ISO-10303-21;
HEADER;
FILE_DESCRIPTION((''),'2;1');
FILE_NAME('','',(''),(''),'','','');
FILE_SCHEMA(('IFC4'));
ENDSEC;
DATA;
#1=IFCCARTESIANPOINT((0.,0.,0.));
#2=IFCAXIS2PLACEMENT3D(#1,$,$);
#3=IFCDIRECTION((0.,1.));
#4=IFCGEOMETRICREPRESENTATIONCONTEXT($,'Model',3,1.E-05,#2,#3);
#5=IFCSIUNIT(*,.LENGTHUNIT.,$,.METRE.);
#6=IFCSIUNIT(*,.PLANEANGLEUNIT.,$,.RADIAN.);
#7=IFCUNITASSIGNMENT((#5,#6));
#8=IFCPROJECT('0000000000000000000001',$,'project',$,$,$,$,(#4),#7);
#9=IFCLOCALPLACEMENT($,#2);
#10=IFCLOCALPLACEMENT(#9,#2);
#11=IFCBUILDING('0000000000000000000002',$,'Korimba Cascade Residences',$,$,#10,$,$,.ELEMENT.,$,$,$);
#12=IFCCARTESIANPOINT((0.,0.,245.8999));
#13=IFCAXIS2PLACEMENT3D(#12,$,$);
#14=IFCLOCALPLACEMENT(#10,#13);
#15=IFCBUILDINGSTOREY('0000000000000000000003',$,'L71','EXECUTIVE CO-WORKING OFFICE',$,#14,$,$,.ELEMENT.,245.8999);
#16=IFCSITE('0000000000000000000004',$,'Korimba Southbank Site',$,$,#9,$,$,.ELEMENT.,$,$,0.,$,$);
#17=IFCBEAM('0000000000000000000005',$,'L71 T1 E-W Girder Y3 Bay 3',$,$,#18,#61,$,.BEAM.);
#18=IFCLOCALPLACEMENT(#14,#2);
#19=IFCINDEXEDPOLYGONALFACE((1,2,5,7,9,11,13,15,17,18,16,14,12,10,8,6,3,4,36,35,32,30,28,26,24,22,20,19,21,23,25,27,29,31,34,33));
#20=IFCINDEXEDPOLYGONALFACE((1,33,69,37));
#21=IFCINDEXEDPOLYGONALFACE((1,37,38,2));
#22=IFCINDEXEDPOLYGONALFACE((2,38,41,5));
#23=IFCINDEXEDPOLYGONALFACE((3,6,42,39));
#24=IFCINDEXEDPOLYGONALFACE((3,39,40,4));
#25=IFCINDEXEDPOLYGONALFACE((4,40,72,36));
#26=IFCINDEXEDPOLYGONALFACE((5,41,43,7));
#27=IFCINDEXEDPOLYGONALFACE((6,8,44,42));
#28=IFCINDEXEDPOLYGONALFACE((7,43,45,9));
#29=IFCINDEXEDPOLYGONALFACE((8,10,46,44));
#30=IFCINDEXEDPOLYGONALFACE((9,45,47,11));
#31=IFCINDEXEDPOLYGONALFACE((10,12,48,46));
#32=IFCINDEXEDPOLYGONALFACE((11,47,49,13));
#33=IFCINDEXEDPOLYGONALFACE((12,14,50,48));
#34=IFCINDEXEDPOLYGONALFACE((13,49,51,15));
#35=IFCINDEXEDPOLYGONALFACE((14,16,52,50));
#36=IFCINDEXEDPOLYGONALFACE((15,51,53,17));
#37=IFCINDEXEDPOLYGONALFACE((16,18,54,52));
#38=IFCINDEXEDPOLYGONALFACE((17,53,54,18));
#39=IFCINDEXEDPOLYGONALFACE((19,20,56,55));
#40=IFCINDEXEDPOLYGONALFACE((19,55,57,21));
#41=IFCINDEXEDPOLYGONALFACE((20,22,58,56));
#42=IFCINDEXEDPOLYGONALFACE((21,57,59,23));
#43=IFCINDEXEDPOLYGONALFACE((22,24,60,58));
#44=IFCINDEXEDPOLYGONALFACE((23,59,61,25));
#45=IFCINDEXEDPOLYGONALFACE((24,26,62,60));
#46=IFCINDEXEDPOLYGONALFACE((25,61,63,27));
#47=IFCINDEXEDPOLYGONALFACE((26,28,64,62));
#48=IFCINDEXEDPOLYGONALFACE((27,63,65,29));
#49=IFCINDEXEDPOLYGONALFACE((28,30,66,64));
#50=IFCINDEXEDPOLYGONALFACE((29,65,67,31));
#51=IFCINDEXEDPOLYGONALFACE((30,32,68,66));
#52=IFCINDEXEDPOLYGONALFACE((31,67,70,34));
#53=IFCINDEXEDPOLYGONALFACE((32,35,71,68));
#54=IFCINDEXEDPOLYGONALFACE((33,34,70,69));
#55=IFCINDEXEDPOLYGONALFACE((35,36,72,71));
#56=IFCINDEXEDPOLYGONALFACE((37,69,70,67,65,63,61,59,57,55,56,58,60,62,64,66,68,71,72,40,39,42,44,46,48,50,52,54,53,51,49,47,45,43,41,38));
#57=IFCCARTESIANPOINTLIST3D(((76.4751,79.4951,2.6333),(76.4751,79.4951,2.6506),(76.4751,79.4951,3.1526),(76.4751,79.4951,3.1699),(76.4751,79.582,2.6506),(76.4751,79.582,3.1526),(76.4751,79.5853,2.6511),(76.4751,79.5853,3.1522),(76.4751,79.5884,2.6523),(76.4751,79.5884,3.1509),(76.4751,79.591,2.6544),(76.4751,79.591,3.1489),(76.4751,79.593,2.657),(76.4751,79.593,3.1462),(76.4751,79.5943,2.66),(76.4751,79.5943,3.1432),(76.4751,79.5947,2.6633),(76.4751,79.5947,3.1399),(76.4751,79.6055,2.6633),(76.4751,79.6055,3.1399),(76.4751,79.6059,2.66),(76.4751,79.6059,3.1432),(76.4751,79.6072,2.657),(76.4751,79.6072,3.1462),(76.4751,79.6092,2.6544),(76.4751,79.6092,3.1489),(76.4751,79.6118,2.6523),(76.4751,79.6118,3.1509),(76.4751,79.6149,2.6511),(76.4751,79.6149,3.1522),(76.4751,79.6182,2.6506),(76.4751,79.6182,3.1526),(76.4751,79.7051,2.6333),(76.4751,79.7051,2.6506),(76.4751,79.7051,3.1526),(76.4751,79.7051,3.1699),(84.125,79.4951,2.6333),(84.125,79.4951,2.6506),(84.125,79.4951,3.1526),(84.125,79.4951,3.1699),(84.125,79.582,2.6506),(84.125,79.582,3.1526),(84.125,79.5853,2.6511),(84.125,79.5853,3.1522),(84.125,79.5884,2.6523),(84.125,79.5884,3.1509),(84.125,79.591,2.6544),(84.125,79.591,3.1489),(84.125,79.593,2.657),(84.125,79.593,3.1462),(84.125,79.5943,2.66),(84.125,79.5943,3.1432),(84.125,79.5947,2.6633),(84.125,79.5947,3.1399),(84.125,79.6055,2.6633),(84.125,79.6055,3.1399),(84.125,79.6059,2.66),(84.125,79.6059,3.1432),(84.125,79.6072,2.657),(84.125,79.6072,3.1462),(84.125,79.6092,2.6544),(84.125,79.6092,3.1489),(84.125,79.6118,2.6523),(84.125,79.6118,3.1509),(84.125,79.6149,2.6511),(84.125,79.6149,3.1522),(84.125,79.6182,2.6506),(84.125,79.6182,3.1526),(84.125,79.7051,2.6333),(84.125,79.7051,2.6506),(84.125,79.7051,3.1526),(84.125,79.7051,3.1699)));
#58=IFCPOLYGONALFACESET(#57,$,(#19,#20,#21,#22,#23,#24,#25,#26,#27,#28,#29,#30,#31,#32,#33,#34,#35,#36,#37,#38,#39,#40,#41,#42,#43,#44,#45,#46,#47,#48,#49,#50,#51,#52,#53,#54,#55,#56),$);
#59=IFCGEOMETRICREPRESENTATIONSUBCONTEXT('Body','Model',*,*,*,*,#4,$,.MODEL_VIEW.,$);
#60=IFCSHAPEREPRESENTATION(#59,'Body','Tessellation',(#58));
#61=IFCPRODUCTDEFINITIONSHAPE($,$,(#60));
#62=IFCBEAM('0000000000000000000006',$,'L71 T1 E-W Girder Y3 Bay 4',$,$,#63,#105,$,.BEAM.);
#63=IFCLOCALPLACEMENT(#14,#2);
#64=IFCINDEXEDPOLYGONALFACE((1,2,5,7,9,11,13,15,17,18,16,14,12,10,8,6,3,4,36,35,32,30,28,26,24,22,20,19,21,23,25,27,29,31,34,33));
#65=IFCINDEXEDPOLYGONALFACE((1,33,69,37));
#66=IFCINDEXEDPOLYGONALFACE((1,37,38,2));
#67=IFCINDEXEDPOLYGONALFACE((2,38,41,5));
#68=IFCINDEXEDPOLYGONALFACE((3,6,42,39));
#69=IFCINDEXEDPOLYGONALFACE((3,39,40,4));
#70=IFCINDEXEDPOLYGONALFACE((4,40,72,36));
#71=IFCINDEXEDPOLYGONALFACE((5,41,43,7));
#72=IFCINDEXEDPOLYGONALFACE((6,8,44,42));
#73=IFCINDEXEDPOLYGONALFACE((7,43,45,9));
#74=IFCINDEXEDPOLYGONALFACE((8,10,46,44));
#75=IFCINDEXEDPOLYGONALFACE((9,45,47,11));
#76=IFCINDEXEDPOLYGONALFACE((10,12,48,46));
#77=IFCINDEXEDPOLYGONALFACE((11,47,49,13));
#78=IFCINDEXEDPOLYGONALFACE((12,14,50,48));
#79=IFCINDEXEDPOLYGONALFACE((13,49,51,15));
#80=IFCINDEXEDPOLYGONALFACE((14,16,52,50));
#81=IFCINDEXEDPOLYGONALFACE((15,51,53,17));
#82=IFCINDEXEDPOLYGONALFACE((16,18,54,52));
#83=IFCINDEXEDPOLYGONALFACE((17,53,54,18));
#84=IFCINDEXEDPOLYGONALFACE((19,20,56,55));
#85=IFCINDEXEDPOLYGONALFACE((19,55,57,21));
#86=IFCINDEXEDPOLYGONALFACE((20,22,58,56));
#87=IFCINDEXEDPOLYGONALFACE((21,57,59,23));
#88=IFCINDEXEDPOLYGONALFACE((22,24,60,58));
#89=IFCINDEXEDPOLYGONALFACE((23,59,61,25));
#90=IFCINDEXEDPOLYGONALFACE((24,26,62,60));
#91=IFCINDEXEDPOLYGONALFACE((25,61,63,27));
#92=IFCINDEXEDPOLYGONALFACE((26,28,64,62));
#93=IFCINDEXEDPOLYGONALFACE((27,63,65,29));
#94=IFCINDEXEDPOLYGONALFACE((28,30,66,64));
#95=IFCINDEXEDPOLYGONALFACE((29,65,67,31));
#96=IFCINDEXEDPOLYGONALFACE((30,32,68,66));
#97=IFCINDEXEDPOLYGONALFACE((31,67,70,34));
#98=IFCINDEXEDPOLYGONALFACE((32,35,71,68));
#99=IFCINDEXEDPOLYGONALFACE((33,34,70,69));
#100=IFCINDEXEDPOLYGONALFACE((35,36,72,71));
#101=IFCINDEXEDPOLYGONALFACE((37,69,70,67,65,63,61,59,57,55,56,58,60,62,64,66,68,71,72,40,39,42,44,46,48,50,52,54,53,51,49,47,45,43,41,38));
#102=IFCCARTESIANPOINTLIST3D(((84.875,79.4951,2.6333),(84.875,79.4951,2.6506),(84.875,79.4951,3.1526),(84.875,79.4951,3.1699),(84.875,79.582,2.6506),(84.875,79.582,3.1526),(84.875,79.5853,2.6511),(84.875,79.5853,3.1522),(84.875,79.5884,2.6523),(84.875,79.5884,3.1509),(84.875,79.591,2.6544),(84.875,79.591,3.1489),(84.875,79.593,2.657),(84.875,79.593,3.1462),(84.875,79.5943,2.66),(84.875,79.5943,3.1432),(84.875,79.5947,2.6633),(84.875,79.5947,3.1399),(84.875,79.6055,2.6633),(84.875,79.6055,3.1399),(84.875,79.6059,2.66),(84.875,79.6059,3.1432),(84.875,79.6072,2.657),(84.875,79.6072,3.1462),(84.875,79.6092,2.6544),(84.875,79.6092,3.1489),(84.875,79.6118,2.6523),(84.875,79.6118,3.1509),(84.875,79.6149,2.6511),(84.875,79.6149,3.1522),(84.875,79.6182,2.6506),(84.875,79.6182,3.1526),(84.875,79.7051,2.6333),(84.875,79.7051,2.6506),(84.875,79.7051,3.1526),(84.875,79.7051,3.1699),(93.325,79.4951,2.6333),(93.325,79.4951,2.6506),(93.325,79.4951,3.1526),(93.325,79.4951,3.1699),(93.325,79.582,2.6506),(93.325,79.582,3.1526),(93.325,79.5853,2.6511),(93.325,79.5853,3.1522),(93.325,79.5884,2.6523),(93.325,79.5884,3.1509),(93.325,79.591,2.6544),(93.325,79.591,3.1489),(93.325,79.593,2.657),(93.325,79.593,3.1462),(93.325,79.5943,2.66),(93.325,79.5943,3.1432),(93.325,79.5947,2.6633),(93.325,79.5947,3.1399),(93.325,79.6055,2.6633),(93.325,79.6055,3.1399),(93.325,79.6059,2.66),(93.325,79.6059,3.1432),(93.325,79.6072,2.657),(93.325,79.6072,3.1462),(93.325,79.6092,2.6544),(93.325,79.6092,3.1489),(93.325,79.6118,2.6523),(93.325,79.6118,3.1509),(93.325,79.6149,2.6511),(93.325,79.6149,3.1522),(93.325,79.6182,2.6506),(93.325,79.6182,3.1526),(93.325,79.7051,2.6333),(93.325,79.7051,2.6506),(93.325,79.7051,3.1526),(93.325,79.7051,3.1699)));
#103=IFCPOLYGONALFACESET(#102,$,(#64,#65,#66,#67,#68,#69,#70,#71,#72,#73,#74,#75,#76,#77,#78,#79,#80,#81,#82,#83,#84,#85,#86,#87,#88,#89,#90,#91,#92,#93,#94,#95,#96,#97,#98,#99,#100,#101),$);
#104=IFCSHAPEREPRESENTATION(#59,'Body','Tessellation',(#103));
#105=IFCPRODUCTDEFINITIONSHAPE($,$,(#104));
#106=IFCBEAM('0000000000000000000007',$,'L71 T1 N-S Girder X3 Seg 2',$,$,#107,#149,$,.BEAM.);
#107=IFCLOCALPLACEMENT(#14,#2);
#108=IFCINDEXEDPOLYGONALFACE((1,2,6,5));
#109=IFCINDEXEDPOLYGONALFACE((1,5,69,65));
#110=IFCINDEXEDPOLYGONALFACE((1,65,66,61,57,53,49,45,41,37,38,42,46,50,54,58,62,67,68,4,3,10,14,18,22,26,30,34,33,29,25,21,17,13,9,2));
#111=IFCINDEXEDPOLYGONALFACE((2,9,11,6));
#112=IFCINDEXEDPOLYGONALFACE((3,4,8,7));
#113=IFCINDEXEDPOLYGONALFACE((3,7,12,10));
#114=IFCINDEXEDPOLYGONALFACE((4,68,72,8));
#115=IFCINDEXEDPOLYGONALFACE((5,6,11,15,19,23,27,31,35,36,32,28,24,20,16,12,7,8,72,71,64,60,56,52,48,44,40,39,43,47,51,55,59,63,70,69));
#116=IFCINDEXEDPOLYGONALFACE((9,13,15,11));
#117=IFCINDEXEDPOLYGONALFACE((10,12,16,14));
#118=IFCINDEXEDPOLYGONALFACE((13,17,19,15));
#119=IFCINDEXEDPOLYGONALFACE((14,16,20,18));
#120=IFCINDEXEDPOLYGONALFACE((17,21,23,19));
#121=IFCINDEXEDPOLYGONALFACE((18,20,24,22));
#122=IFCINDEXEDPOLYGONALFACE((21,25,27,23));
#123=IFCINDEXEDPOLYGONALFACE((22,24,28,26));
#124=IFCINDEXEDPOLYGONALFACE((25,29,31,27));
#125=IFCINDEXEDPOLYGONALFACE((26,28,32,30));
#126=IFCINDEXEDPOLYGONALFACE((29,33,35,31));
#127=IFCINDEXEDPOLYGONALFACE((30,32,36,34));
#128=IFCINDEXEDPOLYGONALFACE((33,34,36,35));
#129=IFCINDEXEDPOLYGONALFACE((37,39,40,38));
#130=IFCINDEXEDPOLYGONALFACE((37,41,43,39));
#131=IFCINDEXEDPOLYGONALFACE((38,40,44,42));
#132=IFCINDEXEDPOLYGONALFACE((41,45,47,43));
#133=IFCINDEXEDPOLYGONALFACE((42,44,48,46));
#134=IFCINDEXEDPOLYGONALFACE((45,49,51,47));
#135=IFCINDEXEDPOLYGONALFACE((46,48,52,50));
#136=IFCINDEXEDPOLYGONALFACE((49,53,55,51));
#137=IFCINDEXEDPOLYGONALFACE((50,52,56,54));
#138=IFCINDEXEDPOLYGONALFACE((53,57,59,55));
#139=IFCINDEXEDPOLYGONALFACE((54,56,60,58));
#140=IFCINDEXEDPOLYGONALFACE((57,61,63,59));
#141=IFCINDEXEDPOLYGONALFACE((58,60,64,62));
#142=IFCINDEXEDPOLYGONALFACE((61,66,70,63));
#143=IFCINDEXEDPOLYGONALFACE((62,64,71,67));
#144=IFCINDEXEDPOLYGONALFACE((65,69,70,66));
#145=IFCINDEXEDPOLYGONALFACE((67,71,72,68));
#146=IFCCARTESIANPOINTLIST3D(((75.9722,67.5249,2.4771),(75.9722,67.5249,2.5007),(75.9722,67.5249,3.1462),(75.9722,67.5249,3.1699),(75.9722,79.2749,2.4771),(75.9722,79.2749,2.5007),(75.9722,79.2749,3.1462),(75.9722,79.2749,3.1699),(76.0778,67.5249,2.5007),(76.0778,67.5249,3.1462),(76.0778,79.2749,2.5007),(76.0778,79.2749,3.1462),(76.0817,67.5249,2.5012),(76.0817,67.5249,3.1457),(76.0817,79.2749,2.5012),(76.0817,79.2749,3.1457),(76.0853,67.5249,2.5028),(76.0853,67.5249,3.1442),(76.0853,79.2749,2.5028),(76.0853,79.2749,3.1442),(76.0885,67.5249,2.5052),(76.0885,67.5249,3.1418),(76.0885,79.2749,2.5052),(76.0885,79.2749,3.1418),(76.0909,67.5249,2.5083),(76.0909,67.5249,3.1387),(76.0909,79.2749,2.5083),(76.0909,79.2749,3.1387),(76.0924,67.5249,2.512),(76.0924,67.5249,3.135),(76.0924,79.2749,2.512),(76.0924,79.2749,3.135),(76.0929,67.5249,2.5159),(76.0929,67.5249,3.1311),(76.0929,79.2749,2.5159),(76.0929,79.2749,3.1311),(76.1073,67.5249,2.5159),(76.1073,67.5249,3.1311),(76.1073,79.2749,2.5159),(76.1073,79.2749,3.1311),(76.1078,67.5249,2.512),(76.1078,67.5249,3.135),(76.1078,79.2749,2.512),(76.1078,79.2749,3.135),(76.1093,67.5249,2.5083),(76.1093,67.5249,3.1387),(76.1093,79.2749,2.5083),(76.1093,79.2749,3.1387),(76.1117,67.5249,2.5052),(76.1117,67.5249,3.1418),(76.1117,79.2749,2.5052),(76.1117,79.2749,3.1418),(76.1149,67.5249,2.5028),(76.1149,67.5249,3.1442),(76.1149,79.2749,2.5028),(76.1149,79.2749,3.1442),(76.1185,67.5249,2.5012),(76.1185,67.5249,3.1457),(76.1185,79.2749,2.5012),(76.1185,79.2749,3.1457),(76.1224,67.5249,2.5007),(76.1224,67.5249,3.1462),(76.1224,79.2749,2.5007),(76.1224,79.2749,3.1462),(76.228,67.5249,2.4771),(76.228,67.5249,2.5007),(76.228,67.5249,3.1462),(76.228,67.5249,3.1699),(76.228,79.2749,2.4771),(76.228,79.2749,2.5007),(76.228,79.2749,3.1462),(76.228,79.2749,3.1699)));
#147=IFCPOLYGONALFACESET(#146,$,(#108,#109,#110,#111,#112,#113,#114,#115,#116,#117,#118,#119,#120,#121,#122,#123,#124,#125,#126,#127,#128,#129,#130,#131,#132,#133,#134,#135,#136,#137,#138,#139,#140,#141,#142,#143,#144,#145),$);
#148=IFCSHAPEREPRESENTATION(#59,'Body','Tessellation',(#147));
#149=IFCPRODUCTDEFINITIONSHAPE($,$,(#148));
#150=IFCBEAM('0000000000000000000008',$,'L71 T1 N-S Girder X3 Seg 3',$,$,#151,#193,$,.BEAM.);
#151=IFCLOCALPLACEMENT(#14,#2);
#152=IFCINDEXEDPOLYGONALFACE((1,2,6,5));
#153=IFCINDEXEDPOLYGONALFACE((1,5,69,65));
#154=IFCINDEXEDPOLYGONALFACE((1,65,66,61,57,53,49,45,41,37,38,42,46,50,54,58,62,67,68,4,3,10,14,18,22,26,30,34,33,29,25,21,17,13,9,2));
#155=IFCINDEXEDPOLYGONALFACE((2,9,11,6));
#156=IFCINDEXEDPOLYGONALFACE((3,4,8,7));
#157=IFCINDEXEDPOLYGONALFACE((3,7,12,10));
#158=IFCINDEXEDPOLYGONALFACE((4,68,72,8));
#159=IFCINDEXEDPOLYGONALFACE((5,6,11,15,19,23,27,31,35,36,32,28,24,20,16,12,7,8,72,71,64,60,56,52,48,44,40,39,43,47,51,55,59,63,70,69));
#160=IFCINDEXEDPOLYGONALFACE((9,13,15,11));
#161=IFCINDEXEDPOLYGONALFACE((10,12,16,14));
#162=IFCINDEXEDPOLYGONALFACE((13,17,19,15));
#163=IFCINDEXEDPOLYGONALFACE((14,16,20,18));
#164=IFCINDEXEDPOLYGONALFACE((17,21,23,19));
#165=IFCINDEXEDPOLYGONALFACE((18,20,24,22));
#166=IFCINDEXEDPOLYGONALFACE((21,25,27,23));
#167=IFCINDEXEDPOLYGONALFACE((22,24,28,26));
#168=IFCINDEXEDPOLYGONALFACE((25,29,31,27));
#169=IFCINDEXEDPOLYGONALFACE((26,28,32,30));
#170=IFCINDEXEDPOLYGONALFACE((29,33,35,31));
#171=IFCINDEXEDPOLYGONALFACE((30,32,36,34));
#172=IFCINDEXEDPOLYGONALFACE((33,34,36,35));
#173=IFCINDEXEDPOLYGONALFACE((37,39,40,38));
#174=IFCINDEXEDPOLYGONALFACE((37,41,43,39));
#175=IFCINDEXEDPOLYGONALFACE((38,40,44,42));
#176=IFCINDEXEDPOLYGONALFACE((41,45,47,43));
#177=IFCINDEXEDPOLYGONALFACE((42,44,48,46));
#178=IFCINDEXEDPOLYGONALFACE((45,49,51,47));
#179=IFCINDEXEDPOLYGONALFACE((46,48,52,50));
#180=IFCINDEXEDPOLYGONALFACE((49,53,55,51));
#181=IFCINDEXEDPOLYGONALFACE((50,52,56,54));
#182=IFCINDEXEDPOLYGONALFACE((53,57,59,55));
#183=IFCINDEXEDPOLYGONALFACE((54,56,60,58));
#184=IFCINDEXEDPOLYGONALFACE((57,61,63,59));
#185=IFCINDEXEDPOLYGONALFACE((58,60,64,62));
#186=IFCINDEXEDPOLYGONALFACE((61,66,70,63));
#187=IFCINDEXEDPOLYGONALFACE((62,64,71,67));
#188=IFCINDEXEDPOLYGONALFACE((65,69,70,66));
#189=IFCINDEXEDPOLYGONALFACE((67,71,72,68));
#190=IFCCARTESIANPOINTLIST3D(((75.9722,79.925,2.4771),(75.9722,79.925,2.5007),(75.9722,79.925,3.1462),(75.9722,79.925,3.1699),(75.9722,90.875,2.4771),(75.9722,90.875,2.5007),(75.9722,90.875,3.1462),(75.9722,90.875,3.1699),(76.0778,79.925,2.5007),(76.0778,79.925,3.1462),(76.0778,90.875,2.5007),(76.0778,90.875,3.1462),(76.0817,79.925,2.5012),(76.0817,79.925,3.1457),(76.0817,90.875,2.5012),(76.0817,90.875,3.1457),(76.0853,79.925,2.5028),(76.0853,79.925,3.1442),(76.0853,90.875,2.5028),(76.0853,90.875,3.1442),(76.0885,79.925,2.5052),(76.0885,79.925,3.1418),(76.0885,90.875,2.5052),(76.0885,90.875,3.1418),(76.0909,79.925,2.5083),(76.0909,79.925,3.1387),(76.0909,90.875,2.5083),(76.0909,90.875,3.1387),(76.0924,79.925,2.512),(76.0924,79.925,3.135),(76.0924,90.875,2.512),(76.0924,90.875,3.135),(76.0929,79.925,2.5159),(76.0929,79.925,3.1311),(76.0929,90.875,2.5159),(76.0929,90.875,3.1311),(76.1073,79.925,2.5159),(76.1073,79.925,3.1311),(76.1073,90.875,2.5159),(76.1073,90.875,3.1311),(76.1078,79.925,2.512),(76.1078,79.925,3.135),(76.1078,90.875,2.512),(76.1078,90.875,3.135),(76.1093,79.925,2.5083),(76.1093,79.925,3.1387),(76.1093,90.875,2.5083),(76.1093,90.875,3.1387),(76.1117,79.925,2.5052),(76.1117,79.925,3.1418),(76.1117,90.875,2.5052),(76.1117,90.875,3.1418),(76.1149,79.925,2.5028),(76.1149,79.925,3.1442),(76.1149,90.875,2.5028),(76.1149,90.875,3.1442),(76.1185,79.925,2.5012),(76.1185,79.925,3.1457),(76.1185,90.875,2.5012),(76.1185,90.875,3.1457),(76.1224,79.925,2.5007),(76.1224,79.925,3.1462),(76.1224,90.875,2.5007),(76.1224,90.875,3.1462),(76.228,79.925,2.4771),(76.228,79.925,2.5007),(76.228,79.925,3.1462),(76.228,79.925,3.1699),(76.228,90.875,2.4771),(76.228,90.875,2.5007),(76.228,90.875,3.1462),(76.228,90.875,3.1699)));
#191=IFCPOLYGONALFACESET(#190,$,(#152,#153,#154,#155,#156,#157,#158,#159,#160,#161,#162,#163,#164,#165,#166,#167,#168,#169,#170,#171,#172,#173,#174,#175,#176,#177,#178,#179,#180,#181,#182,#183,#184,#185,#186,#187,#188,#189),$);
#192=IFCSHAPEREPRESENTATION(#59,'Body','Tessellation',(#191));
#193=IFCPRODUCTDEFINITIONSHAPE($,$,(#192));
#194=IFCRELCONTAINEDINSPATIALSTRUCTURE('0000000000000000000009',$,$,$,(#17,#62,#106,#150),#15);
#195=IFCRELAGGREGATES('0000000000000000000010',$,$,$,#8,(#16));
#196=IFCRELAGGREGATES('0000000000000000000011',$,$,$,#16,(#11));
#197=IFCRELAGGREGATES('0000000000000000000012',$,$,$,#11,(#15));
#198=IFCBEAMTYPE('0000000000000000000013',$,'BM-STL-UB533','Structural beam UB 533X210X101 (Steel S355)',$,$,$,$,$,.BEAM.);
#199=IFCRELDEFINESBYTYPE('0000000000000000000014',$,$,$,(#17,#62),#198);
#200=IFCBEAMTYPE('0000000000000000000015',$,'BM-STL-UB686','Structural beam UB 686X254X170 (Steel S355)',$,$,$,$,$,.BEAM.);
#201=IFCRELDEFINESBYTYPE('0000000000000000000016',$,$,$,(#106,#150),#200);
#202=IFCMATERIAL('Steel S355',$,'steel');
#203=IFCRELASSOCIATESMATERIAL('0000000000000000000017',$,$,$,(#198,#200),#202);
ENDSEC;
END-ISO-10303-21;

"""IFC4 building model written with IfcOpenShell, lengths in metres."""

from ifc_helpers import new_model, si_unit, direction, frame, origin, origin_2d, place, context, subcontext, project, spatial, i_section, extrude, material, material_profile, profile_set, type_object, element, save


model = new_model("IFC4")

# Units and contexts
model_context = context("Model", 3, precision=1e-05, world=origin(), true_north=direction((0.0, 1.0)))
body_context = subcontext(model_context, "Body", "Model", "MODEL_VIEW")
ifc_project = project(units=[si_unit("LENGTHUNIT", "METRE"), si_unit("PLANEANGLEUNIT", "RADIAN")], contexts=[model_context])

# Site, building, storey
site_placement = place(None, origin())
site = spatial("IfcSite", under=ifc_project, at=site_placement, Name="Korimba Southbank Site", CompositionType="ELEMENT", RefElevation=0.0)
building_placement = place(site_placement, origin())
building = spatial("IfcBuilding", under=site, at=building_placement, Name="Korimba Cascade Residences", CompositionType="ELEMENT")
storey_placement = place(building_placement, frame((0.0, 0.0, 245.8999)))
storey = spatial("IfcBuildingStorey", under=building, at=storey_placement, Name="L71", Description="EXECUTIVE CO-WORKING OFFICE", CompositionType="ELEMENT", Elevation=245.8999)

# Beams
ifc_material_1 = material(Name="Steel S355", Category="steel")
ifc_material_profile_1 = material_profile(ifc_material_1, i_section(OverallWidth=0.21, OverallDepth=0.5366, WebThickness=0.0107, FlangeThickness=0.0173, FilletRadius=0.0127, at=origin_2d()), Name="Steel S355")
ifc_profile_set_1 = profile_set([ifc_material_profile_1], Name="Steel S355")
beam_type_1 = type_object("IfcBeamType", Name="BM-STL-UB533", Description="Structural beam UB 533X210X101 (Steel S355)", PredefinedType="BEAM", material=ifc_profile_set_1)
beam_1_placement = place(storey_placement, frame((76.4751, 79.6001, 2.9016), z_axis=(1.0, 0.0, 0.0), x_axis=(0.0, 1.0, 0.0)))
element("IfcBeam", 1, at=beam_1_placement, inside=storey, type_object=beam_type_1, Name="L71 T1 E-W Girder Y3 Bay 3", PredefinedType="BEAM", context=body_context, shape_type="SweptSolid", body=[
    extrude(i_section(OverallWidth=0.21, OverallDepth=0.5366, WebThickness=0.0107, FlangeThickness=0.0173, FilletRadius=0.0127, at=origin_2d()), origin(), (0.0, 0.0, 1.0), 7.6499),
])
beam_2_placement = place(storey_placement, frame((84.875, 79.6001, 2.9016), z_axis=(1.0, 0.0, 0.0), x_axis=(0.0, 1.0, 0.0)))
element("IfcBeam", 2, at=beam_2_placement, inside=storey, type_object=beam_type_1, Name="L71 T1 E-W Girder Y3 Bay 4", PredefinedType="BEAM", context=body_context, shape_type="SweptSolid", body=[
    extrude(i_section(OverallWidth=0.21, OverallDepth=0.5366, WebThickness=0.0107, FlangeThickness=0.0173, FilletRadius=0.0127, at=origin_2d()), origin(), (0.0, 0.0, 1.0), 8.45),
])
ifc_material_profile_2 = material_profile(ifc_material_1, i_section(OverallWidth=0.2559, OverallDepth=0.6929, WebThickness=0.0144, FlangeThickness=0.0237, FilletRadius=0.0151, at=origin_2d()), Name="Steel S355")
ifc_profile_set_2 = profile_set([ifc_material_profile_2], Name="Steel S355")
beam_type_2 = type_object("IfcBeamType", Name="BM-STL-UB686", Description="Structural beam UB 686X254X170 (Steel S355)", PredefinedType="BEAM", material=ifc_profile_set_2)
beam_3_placement = place(storey_placement, frame((76.1001, 67.5249, 2.8235), z_axis=(0.0, 1.0, 0.0), x_axis=(-1.0, 0.0, 0.0)))
element("IfcBeam", 3, at=beam_3_placement, inside=storey, type_object=beam_type_2, Name="L71 T1 N-S Girder X3 Seg 2", PredefinedType="BEAM", context=body_context, shape_type="SweptSolid", body=[
    extrude(i_section(OverallWidth=0.2559, OverallDepth=0.6929, WebThickness=0.0144, FlangeThickness=0.0237, FilletRadius=0.0151, at=origin_2d()), origin(), (0.0, 0.0, 1.0), 11.75),
])
beam_4_placement = place(storey_placement, frame((76.1001, 79.925, 2.8235), z_axis=(0.0, 1.0, 0.0), x_axis=(-1.0, 0.0, 0.0)))
element("IfcBeam", 4, at=beam_4_placement, inside=storey, type_object=beam_type_2, Name="L71 T1 N-S Girder X3 Seg 3", PredefinedType="BEAM", context=body_context, shape_type="SweptSolid", body=[
    extrude(i_section(OverallWidth=0.2559, OverallDepth=0.6929, WebThickness=0.0144, FlangeThickness=0.0237, FilletRadius=0.0151, at=origin_2d()), origin(), (0.0, 0.0, 1.0), 10.95),
])

save(model, "model.ifc")
